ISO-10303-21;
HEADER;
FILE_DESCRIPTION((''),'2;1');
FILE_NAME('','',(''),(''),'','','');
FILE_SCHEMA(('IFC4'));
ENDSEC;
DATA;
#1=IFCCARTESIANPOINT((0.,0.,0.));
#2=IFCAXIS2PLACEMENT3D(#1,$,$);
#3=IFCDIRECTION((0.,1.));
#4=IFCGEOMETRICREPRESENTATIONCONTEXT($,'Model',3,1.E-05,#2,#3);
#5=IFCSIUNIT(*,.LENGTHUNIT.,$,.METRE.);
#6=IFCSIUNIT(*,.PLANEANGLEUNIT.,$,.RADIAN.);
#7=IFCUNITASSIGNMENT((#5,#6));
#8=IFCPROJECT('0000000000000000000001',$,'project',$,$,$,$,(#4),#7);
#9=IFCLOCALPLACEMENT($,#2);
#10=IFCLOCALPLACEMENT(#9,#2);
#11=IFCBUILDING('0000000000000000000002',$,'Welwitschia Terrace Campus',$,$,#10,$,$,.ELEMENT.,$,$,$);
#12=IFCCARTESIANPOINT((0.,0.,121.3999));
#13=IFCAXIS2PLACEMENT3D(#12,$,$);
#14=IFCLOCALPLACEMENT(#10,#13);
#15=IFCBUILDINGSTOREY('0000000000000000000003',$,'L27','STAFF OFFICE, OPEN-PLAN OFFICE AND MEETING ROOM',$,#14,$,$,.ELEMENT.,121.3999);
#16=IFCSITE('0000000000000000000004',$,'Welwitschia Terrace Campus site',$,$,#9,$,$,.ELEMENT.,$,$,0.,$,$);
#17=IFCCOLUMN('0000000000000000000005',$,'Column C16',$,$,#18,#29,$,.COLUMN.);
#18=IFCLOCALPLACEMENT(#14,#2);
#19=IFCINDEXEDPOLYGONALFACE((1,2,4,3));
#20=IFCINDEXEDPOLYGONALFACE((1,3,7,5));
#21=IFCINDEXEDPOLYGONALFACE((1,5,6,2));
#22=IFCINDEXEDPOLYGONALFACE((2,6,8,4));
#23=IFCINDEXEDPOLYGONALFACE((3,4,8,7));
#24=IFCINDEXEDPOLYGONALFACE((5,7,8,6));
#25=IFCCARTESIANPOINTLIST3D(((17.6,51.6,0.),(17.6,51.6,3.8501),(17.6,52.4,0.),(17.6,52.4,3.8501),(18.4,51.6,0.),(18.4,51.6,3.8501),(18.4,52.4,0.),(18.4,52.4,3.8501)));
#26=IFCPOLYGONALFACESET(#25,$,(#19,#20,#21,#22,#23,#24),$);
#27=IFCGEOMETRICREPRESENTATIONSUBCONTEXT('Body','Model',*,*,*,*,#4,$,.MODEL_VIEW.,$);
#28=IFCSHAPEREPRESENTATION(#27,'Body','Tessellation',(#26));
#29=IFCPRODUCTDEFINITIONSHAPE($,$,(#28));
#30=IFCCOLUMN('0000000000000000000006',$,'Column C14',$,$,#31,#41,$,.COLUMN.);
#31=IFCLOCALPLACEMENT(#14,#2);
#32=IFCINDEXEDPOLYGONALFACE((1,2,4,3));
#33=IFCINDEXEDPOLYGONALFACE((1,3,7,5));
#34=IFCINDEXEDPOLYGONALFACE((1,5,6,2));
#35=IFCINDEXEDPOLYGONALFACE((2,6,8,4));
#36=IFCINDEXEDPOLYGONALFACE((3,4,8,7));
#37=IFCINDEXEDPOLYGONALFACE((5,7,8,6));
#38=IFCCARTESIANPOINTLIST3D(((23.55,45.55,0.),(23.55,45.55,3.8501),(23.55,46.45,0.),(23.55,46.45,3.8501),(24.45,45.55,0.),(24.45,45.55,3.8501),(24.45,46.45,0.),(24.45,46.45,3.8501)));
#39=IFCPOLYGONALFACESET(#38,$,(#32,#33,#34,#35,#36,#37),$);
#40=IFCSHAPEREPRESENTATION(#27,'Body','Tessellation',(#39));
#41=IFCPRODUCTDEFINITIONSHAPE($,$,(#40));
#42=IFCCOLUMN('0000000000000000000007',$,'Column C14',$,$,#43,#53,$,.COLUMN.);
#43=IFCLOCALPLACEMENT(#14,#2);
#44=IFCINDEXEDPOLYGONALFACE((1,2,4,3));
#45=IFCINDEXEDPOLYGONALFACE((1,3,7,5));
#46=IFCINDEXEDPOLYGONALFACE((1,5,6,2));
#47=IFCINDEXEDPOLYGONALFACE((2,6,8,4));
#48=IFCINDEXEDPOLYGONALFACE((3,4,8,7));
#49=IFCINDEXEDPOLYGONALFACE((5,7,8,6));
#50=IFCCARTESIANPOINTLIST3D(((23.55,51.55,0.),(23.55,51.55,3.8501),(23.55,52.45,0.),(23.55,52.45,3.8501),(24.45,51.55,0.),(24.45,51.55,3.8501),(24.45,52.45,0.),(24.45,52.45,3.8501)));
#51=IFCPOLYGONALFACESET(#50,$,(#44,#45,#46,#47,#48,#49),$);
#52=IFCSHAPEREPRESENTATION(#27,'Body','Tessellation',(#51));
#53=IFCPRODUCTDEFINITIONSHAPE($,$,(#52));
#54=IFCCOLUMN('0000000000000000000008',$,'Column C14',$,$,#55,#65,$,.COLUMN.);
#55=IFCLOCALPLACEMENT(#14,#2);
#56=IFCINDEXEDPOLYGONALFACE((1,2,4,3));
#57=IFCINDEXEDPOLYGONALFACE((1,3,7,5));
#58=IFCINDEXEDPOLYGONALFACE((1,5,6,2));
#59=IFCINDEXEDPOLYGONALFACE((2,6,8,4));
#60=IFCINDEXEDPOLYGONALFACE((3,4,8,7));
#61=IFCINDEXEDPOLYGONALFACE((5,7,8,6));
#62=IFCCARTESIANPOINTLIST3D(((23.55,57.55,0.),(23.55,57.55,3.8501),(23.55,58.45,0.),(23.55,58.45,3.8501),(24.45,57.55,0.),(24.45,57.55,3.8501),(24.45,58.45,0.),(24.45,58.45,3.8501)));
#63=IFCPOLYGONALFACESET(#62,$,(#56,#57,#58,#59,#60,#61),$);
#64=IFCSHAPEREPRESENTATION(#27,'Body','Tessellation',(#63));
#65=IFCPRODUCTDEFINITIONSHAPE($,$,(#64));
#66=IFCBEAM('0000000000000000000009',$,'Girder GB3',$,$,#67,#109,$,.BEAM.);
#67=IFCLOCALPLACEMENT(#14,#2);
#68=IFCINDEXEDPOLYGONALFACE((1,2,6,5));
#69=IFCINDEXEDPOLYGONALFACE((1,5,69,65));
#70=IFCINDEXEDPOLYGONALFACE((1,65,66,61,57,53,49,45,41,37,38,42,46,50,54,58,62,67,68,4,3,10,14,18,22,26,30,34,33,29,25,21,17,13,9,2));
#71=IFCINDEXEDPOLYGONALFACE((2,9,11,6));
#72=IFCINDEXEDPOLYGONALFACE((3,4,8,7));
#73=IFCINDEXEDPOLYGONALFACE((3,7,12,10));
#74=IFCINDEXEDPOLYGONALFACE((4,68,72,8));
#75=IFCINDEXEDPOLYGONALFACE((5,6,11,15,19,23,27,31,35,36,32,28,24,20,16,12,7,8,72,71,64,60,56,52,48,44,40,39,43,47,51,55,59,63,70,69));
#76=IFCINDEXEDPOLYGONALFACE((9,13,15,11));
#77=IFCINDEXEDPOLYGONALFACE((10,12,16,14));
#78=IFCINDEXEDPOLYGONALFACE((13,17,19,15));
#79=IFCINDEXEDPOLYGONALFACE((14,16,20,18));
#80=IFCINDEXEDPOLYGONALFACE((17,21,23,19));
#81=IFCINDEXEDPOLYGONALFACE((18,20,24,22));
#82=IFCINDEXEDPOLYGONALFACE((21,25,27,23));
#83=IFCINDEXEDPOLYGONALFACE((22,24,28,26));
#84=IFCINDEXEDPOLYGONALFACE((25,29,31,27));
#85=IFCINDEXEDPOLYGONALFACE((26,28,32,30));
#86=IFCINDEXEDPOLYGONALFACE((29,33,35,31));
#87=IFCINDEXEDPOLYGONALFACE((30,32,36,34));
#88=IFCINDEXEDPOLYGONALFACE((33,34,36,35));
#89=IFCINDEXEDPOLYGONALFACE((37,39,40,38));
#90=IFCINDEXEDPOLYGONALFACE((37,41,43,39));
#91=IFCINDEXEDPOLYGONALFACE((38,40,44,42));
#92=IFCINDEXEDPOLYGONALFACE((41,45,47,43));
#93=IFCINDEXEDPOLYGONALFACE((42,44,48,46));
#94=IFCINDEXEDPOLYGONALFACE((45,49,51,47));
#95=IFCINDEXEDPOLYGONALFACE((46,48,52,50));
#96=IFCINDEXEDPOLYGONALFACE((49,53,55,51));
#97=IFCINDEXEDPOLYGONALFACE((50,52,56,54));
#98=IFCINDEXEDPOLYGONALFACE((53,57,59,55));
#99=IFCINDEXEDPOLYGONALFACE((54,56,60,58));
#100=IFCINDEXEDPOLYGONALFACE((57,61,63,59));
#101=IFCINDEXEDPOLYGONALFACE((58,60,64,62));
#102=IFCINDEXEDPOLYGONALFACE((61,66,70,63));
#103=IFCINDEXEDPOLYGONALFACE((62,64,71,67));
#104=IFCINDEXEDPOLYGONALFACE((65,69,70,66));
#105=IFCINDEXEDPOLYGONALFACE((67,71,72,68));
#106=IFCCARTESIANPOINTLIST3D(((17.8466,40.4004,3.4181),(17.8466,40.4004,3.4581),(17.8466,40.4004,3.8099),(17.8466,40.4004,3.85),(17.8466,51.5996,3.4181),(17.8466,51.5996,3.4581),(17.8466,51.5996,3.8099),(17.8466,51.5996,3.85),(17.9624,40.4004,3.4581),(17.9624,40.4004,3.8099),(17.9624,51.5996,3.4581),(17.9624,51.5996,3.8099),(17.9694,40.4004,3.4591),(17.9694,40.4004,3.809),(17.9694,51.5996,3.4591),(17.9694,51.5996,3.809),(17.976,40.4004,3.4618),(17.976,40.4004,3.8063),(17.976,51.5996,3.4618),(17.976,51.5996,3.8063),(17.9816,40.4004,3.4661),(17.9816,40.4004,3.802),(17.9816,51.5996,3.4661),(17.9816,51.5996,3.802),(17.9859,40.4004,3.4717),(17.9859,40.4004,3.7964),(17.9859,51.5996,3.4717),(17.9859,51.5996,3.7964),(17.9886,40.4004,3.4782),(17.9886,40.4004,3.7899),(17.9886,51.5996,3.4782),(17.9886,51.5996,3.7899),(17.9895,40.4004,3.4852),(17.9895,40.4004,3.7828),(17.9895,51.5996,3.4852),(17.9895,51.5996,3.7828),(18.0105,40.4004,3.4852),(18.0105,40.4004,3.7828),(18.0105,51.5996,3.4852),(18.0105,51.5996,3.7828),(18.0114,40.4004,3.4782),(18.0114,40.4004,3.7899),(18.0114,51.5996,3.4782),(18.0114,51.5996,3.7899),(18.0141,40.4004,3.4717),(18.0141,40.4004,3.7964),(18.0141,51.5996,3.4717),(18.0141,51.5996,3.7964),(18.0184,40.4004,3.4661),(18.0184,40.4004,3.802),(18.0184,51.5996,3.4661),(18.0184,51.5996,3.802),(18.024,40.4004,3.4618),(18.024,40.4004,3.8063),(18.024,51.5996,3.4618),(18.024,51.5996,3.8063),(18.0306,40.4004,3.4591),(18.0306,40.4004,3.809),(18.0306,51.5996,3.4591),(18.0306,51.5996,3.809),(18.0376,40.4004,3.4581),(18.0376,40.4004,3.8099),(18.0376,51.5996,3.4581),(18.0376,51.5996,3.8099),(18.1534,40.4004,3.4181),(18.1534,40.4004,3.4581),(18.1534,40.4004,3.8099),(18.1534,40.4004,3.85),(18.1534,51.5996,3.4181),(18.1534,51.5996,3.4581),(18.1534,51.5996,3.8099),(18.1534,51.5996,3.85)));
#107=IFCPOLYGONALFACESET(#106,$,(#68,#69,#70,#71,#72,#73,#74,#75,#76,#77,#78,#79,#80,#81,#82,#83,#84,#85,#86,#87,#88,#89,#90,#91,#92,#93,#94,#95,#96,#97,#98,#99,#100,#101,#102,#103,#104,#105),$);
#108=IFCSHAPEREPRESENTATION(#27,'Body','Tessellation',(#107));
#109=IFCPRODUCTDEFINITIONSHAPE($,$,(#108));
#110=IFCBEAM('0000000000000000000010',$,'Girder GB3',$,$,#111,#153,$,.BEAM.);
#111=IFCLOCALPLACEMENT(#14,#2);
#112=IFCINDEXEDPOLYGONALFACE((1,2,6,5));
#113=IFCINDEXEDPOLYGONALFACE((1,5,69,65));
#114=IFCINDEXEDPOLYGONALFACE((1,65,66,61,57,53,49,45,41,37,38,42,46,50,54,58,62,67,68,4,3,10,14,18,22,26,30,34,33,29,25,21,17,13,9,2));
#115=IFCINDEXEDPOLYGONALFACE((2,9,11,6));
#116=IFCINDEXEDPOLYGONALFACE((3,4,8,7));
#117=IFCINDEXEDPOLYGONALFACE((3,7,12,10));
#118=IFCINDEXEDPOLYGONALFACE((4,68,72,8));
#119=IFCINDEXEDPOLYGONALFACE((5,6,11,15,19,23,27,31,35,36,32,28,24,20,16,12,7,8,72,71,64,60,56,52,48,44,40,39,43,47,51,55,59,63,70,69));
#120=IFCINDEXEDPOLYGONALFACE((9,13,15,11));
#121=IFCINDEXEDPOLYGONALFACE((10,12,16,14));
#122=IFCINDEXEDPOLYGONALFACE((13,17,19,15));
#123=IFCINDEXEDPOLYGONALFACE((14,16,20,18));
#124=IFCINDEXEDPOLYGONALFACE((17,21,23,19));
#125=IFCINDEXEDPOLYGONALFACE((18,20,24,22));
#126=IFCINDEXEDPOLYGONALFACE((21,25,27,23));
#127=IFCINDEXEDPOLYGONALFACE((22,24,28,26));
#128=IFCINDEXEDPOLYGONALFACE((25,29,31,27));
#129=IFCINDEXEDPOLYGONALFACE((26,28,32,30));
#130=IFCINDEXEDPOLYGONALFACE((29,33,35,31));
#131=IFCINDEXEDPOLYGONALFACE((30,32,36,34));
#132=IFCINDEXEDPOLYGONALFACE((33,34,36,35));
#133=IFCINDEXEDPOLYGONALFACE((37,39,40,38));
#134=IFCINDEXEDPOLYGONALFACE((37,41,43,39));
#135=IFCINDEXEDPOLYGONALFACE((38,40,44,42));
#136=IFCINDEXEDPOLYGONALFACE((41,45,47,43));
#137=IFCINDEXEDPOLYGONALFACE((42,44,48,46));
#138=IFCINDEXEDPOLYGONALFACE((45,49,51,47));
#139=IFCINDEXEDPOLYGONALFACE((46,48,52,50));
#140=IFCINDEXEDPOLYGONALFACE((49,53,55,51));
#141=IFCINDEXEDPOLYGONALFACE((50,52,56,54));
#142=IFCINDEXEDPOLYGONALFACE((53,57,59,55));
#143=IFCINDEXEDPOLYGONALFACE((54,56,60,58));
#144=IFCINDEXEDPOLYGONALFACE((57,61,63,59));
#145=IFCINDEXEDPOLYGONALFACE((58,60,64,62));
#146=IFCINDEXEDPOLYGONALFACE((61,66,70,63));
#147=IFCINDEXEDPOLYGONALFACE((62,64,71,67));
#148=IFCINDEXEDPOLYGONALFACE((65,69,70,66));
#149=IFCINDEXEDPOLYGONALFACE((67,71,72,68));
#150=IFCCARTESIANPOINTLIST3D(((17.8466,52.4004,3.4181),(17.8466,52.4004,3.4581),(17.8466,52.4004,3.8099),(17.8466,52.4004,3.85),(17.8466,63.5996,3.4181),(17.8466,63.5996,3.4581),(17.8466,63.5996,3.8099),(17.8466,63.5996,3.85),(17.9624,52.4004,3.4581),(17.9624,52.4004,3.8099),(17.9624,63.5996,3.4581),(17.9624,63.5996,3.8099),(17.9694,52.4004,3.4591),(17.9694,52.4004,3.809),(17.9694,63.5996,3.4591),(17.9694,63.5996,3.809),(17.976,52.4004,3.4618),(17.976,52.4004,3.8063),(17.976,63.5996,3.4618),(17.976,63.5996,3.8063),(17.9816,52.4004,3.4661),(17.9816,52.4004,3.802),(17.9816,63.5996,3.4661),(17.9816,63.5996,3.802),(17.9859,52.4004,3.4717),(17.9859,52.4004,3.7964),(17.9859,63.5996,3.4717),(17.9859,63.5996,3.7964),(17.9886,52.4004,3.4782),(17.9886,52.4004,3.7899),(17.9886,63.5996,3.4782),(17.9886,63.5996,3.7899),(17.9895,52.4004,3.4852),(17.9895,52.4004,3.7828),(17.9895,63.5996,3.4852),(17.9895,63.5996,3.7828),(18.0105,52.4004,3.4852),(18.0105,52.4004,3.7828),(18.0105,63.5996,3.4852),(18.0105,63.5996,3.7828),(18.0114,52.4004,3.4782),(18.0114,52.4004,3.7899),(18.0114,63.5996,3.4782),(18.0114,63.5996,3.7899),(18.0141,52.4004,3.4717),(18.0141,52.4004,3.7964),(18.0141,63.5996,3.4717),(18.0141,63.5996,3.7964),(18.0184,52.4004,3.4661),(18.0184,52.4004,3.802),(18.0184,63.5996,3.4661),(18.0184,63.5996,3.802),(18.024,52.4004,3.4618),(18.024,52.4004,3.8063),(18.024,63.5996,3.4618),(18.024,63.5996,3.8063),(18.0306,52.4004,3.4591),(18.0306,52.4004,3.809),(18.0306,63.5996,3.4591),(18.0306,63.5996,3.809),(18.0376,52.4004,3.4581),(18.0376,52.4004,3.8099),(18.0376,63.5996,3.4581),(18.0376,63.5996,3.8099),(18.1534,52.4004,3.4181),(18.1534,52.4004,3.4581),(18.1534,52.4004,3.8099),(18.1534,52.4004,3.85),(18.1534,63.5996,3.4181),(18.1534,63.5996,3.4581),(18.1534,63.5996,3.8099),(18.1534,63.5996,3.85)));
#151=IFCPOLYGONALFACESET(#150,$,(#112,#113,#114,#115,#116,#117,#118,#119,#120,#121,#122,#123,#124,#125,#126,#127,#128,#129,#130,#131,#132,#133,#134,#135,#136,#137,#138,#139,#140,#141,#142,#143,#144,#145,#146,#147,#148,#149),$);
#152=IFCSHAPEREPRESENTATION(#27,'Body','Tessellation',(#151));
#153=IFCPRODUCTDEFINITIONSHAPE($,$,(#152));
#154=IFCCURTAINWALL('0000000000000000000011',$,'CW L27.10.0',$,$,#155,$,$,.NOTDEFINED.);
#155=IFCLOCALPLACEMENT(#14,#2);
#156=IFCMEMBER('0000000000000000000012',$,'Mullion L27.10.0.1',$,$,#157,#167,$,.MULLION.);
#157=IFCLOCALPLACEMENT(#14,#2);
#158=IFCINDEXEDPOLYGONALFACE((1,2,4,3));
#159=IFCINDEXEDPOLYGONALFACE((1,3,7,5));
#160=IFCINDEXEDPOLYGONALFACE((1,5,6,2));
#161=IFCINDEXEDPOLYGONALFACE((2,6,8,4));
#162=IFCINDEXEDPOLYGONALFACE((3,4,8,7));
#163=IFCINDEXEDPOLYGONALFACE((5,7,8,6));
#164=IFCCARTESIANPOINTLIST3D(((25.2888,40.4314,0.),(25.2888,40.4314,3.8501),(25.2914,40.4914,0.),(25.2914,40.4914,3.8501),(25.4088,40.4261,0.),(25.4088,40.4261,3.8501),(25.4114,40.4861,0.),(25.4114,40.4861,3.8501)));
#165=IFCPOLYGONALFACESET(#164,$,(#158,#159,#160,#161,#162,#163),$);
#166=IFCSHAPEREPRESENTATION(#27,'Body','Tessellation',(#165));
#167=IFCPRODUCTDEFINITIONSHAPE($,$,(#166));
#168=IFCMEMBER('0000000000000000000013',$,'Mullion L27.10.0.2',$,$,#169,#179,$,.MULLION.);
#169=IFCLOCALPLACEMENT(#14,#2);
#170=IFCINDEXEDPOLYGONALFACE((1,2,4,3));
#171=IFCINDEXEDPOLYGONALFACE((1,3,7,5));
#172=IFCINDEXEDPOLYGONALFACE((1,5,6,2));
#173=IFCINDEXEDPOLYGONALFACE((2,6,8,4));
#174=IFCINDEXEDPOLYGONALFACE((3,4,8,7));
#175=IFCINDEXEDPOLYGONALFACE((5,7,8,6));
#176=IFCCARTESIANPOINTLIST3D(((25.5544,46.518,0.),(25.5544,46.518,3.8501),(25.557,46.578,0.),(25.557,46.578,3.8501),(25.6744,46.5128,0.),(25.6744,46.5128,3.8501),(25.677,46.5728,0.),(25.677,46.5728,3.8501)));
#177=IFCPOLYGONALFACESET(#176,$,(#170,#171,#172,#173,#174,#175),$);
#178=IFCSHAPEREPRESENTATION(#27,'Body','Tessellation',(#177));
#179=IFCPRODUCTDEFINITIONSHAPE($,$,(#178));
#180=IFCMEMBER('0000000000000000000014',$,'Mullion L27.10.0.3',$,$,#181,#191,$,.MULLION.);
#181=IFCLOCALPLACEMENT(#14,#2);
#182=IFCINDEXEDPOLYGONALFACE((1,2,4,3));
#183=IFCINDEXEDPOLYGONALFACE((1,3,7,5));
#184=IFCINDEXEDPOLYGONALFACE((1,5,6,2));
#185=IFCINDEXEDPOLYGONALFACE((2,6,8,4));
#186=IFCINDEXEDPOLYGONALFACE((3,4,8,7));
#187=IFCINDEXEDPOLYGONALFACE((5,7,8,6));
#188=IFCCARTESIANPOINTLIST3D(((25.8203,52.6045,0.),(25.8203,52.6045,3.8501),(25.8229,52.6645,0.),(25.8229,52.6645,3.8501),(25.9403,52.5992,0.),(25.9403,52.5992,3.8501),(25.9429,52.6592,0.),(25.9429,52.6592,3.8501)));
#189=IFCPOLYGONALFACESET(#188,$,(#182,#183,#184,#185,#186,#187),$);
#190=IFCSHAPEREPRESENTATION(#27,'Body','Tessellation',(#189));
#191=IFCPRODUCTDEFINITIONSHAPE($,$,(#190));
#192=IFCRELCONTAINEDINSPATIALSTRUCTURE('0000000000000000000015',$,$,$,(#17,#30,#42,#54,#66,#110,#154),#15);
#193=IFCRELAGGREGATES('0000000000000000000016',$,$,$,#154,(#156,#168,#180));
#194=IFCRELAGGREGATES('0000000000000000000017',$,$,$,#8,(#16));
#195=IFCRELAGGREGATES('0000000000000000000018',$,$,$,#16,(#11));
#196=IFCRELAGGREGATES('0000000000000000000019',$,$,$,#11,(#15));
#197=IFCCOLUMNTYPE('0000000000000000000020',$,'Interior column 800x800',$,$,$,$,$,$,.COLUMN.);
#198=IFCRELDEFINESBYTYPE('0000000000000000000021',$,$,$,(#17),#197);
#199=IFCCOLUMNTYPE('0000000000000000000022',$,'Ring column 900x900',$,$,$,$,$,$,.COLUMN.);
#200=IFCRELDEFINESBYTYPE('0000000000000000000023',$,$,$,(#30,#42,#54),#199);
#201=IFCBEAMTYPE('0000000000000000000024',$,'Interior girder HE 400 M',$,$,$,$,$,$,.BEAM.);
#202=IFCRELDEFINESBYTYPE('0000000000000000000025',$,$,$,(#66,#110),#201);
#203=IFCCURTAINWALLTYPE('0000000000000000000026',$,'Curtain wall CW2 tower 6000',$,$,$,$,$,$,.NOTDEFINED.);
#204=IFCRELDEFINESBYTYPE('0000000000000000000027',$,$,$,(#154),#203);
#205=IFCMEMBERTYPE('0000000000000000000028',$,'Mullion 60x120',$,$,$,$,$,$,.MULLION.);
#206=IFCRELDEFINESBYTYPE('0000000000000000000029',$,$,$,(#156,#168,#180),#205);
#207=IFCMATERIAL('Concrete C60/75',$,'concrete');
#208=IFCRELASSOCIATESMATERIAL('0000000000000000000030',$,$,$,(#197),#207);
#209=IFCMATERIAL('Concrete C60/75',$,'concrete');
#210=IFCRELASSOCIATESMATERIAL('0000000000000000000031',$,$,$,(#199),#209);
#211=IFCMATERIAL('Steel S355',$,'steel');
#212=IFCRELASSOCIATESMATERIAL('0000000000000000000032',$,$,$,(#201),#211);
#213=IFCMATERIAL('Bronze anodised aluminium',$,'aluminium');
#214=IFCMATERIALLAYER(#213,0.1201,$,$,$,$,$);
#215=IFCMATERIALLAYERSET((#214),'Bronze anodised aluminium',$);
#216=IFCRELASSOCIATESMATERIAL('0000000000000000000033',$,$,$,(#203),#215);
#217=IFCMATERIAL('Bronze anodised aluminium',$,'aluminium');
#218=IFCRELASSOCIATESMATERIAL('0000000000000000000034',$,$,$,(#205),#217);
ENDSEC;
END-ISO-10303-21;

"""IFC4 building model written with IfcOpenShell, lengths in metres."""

from ifc_helpers import new_model, si_unit, direction, frame, origin, origin_2d, place, context, subcontext, project, spatial, rectangle, i_section, extrude, material, layer, layer_set, material_profile, profile_set, type_object, element, aggregate, save


model = new_model("IFC4")

# Units and contexts
model_context = context("Model", 3, precision=1e-05, world=origin(), true_north=direction((0.0, 1.0)))
body_context = subcontext(model_context, "Body", "Model", "MODEL_VIEW")
ifc_project = project(units=[si_unit("LENGTHUNIT", "METRE"), si_unit("PLANEANGLEUNIT", "RADIAN")], contexts=[model_context])

# Site, building, storey
site_placement = place(None, origin())
site = spatial("IfcSite", under=ifc_project, at=site_placement, Name="Welwitschia Terrace Campus site", CompositionType="ELEMENT", RefElevation=0.0)
building_placement = place(site_placement, origin())
building = spatial("IfcBuilding", under=site, at=building_placement, Name="Welwitschia Terrace Campus", CompositionType="ELEMENT")
storey_placement = place(building_placement, frame((0.0, 0.0, 121.3999)))
storey = spatial("IfcBuildingStorey", under=building, at=storey_placement, Name="L27", Description="STAFF OFFICE, OPEN-PLAN OFFICE AND MEETING ROOM", CompositionType="ELEMENT", Elevation=121.3999)

# Columns
ifc_material_1 = material(Name="Concrete C60/75", Category="concrete")
ifc_material_profile_1 = material_profile(ifc_material_1, rectangle(XDim=0.8, YDim=0.8, at=origin_2d()))
ifc_profile_set_1 = profile_set([ifc_material_profile_1], Name="Concrete C60/75")
column_type_1 = type_object("IfcColumnType", Name="Interior column 800x800", PredefinedType="COLUMN", material=ifc_profile_set_1)
column_placement = place(storey_placement, frame((18.0, 52.0, 0.0), z_axis=(0.0, 0.0, 1.0), x_axis=(1.0, 0.0, 0.0)))
element("IfcColumn", 1, at=column_placement, inside=storey, type_object=column_type_1, Name="Column C16", PredefinedType="COLUMN", context=body_context, shape_type="SweptSolid", body=[
    extrude(rectangle(XDim=0.8, YDim=0.8, at=origin_2d()), origin(), (0.0, 0.0, 1.0), 3.8501),
])
ifc_material_2 = material(Name="Concrete C60/75", Category="concrete")
ifc_material_profile_2 = material_profile(ifc_material_2, rectangle(XDim=0.8999, YDim=0.8999, at=origin_2d()))
ifc_profile_set_2 = profile_set([ifc_material_profile_2], Name="Concrete C60/75")
column_type_2 = type_object("IfcColumnType", Name="Ring column 900x900", PredefinedType="COLUMN", material=ifc_profile_set_2)
for number, where, z_axis, x_axis, name in (
    (2, (24.0, 46.0, 0.0), (0.0, 0.0, 1.0), (1.0, 0.0, 0.0), "Column C14"),
    (3, (24.0, 52.0, 0.0), (0.0, 0.0, 1.0), (1.0, 0.0, 0.0), "Column C14"),
    (4, (24.0, 58.0, 0.0), (0.0, 0.0, 1.0), (1.0, 0.0, 0.0), "Column C14"),
):
    element("IfcColumn", number, at=place(storey_placement, frame(where, z_axis=z_axis, x_axis=x_axis)), inside=storey, type_object=column_type_2, Name=name, PredefinedType="COLUMN", context=body_context, shape_type="SweptSolid", body=[
        extrude(rectangle(XDim=0.8999, YDim=0.8999, at=origin_2d()), origin(), (0.0, 0.0, 1.0), 3.8501),
    ])

# Beams
ifc_material_3 = material(Name="Steel S355", Category="steel")
ifc_material_profile_3 = material_profile(ifc_material_3, i_section(OverallWidth=0.3069, OverallDepth=0.4319, WebThickness=0.021, FlangeThickness=0.04, FilletRadius=0.0271, at=origin_2d()))
ifc_profile_set_3 = profile_set([ifc_material_profile_3], Name="Steel S355")
beam_type_1 = type_object("IfcBeamType", Name="Interior girder HE 400 M", PredefinedType="BEAM", material=ifc_profile_set_3)
for number, where, z_axis, x_axis, name in (
    (5, (18.0, 40.4004, 3.634), (0.0, 1.0, 0.0), (-1.0, 0.0, 0.0), "Girder GB3"),
    (6, (18.0, 52.4004, 3.634), (0.0, 1.0, 0.0), (-1.0, 0.0, 0.0), "Girder GB3"),
):
    element("IfcBeam", number, at=place(storey_placement, frame(where, z_axis=z_axis, x_axis=x_axis)), inside=storey, type_object=beam_type_1, Name=name, PredefinedType="BEAM", context=body_context, shape_type="SweptSolid", body=[
        extrude(i_section(OverallWidth=0.3069, OverallDepth=0.4319, WebThickness=0.021, FlangeThickness=0.04, FilletRadius=0.0271, at=origin_2d()), origin(), (0.0, 0.0, 1.0), 11.1992),
    ])

# Curtain wall, members
ifc_material_4 = material(Name="Bronze anodised aluminium", Category="aluminium")
ifc_layer_1 = layer(ifc_material_4, 0.1201)
ifc_layer_set_1 = layer_set([ifc_layer_1], Name="Bronze anodised aluminium")
curtain_wall_type = type_object("IfcCurtainWallType", Name="Curtain wall CW2 tower 6000", PredefinedType="NOTDEFINED", material=ifc_layer_set_1)
curtain_wall_placement = place(storey_placement, origin())
curtain_wall = element("IfcCurtainWall", 7, at=curtain_wall_placement, inside=storey, type_object=curtain_wall_type, Name="CW L27.10.0", PredefinedType="NOTDEFINED")
ifc_material_5 = material(Name="Bronze anodised aluminium", Category="aluminium")
ifc_material_profile_4 = material_profile(ifc_material_5, rectangle(XDim=0.1201, YDim=0.0601, at=origin_2d()))
ifc_profile_set_4 = profile_set([ifc_material_profile_4], Name="Bronze anodised aluminium")
member_type = type_object("IfcMemberType", Name="Mullion 60x120", PredefinedType="MULLION", material=ifc_profile_set_4)
member_1_placement = place(storey_placement, frame((25.3501, 40.4587, 0.0), z_axis=(0.0, 0.0, 1.0), x_axis=(-0.999048, 0.043619, 0.0)))
member_1 = element("IfcMember", 8, at=member_1_placement, type_object=member_type, Name="Mullion L27.10.0.1", PredefinedType="MULLION", context=body_context, shape_type="SweptSolid", body=[
    extrude(rectangle(XDim=0.1201, YDim=0.0601, at=origin_2d()), origin(), (0.0, 0.0, 1.0), 3.8501),
])
member_2_placement = place(storey_placement, frame((25.6157, 46.5454, 0.0), z_axis=(0.0, 0.0, 1.0), x_axis=(-0.999048, 0.043619, 0.0)))
member_2 = element("IfcMember", 9, at=member_2_placement, type_object=member_type, Name="Mullion L27.10.0.2", PredefinedType="MULLION", context=body_context, shape_type="SweptSolid", body=[
    extrude(rectangle(XDim=0.1201, YDim=0.0601, at=origin_2d()), origin(), (0.0, 0.0, 1.0), 3.8501),
])
member_3_placement = place(storey_placement, frame((25.8816, 52.6318, 0.0), z_axis=(0.0, 0.0, 1.0), x_axis=(-0.999048, 0.043619, 0.0)))
member_3 = element("IfcMember", 10, at=member_3_placement, type_object=member_type, Name="Mullion L27.10.0.3", PredefinedType="MULLION", context=body_context, shape_type="SweptSolid", body=[
    extrude(rectangle(XDim=0.1201, YDim=0.0601, at=origin_2d()), origin(), (0.0, 0.0, 1.0), 3.8501),
])

aggregate(curtain_wall, [member_1, member_2, member_3])

save(model, "model.ifc")
